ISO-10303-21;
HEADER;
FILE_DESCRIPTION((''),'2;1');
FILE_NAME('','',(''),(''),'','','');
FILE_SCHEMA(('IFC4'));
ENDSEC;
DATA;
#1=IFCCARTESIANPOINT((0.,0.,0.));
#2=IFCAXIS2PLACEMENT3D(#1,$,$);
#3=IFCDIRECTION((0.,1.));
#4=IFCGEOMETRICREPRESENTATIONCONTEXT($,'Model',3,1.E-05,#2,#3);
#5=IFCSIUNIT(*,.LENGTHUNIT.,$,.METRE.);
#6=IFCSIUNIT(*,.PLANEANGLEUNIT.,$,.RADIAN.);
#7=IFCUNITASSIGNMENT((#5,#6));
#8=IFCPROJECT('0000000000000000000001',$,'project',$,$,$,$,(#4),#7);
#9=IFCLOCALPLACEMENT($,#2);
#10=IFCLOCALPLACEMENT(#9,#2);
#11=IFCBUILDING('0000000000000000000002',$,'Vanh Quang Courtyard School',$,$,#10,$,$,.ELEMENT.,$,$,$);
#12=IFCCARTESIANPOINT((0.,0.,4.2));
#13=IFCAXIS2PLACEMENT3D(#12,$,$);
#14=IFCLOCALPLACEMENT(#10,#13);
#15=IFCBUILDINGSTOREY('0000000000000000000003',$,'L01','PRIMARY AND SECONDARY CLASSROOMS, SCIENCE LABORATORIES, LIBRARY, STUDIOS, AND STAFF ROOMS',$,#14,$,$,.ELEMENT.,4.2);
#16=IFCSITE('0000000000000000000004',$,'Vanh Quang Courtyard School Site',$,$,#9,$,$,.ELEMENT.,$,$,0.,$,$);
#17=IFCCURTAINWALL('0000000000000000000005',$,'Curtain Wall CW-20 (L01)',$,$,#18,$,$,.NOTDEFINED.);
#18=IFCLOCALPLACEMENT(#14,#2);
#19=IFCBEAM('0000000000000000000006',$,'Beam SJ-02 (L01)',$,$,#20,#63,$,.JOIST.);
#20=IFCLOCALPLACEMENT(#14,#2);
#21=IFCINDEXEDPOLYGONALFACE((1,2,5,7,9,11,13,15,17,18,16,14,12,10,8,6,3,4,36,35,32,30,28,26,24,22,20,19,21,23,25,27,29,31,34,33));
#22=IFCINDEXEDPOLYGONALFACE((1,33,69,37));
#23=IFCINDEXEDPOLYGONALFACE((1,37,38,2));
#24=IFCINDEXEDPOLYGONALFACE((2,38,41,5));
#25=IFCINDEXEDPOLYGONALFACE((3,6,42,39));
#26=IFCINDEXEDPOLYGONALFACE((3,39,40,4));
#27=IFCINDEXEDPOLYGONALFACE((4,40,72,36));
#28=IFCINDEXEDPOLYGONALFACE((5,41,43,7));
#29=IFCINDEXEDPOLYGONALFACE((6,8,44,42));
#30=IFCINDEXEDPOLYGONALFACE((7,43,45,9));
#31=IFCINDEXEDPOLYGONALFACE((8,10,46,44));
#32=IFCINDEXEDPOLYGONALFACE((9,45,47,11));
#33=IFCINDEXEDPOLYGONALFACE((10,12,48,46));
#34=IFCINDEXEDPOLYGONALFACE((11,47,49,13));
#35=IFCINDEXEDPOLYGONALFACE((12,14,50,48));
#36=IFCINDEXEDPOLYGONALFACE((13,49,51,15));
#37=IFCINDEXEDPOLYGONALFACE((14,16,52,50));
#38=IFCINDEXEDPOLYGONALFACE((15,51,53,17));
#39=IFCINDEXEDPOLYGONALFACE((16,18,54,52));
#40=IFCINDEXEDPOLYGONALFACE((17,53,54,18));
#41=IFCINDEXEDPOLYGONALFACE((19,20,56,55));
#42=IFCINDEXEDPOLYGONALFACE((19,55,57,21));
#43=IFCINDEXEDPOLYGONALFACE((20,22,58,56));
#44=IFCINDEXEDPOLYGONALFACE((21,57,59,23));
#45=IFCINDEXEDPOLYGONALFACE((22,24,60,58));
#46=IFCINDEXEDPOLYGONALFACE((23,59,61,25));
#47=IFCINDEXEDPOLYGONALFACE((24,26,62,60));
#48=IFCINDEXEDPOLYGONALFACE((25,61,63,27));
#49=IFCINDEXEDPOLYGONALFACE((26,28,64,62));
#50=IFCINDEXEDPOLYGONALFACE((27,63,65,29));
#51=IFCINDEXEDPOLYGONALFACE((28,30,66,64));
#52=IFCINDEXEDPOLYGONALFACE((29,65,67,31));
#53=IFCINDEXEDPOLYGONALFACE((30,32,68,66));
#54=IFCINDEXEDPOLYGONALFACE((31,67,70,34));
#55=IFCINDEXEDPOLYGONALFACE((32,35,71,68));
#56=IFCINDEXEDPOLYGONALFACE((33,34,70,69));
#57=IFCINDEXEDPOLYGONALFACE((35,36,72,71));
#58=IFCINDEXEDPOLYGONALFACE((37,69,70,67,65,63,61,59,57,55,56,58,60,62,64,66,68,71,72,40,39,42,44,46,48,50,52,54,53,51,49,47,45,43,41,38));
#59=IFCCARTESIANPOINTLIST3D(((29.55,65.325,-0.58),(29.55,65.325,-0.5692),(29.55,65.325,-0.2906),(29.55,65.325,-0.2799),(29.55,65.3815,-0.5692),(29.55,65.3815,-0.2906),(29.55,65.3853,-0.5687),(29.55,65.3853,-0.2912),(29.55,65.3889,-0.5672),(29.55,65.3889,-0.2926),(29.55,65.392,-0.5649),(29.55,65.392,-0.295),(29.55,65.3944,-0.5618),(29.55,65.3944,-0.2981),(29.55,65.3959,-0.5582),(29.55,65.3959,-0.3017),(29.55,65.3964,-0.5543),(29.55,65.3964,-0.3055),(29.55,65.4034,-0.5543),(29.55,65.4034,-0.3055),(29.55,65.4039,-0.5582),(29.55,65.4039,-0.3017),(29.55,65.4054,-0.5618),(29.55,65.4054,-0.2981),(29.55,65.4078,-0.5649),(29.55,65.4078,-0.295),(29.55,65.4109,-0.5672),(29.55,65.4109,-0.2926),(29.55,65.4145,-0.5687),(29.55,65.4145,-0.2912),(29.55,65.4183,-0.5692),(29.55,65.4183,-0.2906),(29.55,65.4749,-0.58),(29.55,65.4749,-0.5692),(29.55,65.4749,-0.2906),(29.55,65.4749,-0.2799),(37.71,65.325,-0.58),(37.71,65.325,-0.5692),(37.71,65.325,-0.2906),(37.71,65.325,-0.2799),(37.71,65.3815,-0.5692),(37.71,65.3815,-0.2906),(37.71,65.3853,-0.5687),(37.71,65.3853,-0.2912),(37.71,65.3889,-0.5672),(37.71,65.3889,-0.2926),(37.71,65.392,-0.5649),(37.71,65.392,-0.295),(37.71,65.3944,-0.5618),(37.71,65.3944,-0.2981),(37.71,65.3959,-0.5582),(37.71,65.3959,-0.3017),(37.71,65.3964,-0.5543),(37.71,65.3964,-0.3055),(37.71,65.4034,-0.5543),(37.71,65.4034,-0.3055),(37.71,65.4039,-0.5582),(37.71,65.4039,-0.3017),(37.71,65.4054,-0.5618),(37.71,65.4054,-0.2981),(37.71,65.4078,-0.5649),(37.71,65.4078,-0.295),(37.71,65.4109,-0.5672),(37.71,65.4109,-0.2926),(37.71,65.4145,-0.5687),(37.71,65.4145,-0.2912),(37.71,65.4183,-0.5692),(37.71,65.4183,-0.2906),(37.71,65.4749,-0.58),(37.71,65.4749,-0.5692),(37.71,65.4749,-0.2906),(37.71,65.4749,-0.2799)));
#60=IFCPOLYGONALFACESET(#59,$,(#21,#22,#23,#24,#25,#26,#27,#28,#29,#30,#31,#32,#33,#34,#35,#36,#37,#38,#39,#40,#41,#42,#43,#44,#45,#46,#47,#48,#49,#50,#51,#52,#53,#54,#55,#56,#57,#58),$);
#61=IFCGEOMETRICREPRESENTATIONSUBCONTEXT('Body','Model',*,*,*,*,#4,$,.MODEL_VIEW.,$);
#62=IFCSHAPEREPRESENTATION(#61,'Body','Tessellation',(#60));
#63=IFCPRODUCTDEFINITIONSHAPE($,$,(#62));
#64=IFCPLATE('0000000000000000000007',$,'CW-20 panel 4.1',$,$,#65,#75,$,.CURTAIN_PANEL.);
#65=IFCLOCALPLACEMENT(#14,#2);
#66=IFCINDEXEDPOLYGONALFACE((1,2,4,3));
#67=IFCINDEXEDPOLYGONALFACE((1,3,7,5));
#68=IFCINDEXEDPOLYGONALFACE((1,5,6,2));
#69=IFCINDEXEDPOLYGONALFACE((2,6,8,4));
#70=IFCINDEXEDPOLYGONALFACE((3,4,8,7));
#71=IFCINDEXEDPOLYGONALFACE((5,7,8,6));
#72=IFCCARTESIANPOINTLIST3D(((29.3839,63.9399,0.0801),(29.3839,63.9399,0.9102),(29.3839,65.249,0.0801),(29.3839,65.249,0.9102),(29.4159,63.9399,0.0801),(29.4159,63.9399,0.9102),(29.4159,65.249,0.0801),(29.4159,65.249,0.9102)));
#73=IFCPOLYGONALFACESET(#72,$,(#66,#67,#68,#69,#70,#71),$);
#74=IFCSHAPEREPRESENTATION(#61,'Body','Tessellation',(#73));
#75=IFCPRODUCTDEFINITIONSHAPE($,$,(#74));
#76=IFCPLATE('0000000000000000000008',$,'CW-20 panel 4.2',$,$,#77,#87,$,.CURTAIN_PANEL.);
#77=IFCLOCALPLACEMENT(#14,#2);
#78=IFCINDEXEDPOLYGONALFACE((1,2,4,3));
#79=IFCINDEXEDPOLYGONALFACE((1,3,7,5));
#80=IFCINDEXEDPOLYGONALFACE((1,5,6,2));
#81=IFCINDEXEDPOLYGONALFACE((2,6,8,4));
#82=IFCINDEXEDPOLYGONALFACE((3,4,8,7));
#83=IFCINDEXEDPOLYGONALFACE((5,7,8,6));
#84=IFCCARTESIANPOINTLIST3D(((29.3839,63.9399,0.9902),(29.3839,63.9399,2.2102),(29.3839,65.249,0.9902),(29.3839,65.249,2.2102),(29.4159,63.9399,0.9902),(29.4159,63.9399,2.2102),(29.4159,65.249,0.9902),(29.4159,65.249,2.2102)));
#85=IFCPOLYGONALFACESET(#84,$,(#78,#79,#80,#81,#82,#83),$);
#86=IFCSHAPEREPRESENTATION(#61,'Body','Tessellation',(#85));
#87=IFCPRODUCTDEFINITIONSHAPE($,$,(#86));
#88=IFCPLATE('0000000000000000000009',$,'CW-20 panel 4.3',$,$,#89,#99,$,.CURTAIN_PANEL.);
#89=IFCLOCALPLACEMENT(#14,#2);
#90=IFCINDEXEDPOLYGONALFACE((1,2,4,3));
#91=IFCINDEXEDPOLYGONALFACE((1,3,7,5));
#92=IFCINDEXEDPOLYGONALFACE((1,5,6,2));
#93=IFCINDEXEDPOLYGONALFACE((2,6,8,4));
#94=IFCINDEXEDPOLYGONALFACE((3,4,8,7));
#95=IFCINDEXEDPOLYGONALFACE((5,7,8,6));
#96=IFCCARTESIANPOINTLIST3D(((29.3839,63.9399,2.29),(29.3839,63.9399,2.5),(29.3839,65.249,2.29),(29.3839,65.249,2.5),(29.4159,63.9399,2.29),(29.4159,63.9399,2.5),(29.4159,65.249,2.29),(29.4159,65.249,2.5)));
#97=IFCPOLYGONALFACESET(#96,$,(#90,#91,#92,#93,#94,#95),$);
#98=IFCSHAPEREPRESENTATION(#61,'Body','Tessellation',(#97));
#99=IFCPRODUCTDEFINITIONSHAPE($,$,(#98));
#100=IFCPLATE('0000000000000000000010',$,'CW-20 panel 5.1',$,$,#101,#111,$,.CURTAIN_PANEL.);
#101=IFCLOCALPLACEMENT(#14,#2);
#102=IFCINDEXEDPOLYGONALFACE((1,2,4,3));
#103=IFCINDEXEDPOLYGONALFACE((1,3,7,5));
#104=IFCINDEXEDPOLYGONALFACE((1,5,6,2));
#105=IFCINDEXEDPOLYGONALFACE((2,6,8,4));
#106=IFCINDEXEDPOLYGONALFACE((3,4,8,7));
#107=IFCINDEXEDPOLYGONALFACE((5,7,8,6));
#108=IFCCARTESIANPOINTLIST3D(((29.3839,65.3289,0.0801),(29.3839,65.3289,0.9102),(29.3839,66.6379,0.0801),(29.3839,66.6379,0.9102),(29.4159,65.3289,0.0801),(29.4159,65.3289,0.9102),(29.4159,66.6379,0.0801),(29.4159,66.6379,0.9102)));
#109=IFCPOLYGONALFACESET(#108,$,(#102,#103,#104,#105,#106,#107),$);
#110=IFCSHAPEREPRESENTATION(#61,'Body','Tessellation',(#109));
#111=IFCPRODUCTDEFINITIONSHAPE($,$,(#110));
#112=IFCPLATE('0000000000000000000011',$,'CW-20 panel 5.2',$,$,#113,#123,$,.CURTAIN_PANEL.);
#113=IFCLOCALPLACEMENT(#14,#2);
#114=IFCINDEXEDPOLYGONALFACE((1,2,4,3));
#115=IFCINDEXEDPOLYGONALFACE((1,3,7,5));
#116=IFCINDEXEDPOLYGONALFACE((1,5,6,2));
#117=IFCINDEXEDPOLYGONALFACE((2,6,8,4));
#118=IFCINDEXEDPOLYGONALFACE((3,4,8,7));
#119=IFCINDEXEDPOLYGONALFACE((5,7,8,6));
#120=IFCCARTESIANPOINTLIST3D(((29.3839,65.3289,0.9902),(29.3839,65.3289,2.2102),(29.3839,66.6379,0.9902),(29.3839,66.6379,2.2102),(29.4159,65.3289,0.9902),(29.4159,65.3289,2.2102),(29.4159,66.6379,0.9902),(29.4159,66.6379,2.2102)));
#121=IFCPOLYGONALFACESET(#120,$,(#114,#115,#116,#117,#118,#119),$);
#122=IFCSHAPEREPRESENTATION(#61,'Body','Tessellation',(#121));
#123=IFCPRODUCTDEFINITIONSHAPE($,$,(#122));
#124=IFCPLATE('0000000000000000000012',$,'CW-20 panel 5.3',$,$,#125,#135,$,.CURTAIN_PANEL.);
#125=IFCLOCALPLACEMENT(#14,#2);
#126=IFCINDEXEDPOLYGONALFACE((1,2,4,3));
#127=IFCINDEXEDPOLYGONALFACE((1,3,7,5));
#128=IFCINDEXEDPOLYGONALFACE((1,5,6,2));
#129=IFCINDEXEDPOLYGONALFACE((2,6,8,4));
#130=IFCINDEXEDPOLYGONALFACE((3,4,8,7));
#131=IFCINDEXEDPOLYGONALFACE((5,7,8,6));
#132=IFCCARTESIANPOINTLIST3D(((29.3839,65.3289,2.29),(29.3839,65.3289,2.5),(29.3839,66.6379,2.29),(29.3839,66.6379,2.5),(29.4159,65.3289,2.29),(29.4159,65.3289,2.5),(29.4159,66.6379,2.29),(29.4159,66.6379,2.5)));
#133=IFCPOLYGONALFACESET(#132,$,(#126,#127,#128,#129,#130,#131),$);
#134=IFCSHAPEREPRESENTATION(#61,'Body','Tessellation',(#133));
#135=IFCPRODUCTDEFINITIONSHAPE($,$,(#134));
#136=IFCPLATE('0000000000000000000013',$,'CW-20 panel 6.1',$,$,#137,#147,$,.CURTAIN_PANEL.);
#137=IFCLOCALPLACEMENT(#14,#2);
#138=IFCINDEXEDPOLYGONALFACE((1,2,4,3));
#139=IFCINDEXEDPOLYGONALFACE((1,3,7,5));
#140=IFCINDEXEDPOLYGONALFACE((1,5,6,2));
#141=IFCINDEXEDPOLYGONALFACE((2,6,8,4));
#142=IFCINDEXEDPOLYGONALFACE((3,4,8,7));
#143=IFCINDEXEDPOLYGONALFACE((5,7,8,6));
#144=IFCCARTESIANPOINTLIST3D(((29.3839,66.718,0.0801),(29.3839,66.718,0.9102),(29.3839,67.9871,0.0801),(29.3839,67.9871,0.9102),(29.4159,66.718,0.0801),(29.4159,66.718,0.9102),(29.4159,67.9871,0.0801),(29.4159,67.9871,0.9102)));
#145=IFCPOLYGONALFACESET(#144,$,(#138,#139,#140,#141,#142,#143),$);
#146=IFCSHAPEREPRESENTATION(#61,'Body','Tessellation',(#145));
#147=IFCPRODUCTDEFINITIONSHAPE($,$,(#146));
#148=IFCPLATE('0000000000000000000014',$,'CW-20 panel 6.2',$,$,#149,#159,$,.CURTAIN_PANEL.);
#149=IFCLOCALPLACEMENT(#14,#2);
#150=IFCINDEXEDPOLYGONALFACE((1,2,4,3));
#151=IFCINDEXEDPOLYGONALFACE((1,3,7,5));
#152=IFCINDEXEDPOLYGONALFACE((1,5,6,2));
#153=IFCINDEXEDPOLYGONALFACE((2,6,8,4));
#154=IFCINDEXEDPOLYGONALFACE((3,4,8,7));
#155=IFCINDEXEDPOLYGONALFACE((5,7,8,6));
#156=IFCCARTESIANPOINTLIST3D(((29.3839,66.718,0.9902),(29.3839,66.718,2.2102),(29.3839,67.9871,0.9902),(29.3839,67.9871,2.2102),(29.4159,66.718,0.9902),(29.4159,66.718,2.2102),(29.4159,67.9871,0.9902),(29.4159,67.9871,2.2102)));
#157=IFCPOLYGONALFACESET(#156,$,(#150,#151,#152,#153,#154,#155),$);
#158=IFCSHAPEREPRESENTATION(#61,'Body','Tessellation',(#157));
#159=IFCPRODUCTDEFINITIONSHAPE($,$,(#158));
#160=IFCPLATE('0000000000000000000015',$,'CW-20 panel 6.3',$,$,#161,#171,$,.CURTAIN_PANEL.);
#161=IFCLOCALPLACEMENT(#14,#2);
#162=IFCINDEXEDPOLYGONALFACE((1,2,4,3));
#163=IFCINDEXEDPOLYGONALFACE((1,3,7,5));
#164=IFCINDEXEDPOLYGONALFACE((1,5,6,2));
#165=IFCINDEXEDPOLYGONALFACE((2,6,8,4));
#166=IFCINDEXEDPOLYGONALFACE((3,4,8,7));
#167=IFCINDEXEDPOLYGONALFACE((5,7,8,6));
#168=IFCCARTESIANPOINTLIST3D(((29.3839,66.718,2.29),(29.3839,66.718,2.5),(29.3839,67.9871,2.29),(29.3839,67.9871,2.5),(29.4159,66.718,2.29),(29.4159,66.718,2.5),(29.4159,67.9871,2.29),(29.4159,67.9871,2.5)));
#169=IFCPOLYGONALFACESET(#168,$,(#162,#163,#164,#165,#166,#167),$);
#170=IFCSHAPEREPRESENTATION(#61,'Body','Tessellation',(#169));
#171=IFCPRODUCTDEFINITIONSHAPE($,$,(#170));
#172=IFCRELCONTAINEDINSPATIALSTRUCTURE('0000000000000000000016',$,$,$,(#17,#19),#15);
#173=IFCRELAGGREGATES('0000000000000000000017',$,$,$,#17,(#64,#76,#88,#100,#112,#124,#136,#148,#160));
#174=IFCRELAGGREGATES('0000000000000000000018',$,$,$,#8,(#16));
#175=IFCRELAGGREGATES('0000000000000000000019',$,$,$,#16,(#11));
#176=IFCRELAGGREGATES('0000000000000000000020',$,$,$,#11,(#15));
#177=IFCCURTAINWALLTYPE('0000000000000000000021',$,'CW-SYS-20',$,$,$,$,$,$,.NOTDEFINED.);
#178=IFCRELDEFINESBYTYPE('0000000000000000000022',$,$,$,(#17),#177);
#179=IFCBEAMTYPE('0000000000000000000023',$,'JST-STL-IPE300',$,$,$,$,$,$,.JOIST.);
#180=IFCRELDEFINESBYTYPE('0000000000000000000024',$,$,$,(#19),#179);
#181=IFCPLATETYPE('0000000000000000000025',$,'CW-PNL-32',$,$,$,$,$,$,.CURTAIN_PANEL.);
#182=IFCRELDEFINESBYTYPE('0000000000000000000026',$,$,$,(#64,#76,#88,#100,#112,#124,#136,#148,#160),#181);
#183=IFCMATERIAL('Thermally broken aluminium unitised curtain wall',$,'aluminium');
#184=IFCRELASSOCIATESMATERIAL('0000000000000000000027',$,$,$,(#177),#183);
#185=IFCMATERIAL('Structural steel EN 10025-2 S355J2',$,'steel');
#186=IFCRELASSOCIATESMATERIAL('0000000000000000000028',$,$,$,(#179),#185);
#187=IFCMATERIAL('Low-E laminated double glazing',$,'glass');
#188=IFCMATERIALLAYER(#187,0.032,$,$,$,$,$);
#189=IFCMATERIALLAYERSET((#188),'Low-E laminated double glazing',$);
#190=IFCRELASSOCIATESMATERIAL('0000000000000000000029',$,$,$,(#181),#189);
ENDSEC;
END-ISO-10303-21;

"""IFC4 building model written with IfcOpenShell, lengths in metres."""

from ifc_helpers import new_model, si_unit, direction, frame, origin, origin_2d, place, context, subcontext, project, spatial, rectangle, i_section, extrude, material, layer, layer_set, material_profile, profile_set, type_object, element, aggregate, save


model = new_model("IFC4")

# Units and contexts
model_context = context("Model", 3, precision=1e-05, world=origin(), true_north=direction((0.0, 1.0)))
body_context = subcontext(model_context, "Body", "Model", "MODEL_VIEW")
ifc_project = project(units=[si_unit("LENGTHUNIT", "METRE"), si_unit("PLANEANGLEUNIT", "RADIAN")], contexts=[model_context])

# Site, building, storey
site_placement = place(None, origin())
site = spatial("IfcSite", under=ifc_project, at=site_placement, Name="Vanh Quang Courtyard School Site", CompositionType="ELEMENT", RefElevation=0.0)
building_placement = place(site_placement, origin())
building = spatial("IfcBuilding", under=site, at=building_placement, Name="Vanh Quang Courtyard School", CompositionType="ELEMENT")
storey_placement = place(building_placement, frame((0.0, 0.0, 4.2)))
storey = spatial("IfcBuildingStorey", under=building, at=storey_placement, Name="L01", Description="PRIMARY AND SECONDARY CLASSROOMS, SCIENCE LABORATORIES, LIBRARY, STUDIOS, AND STAFF ROOMS", CompositionType="ELEMENT", Elevation=4.2)

# Shared definitions
ifc_material_1 = material(Name="Structural steel EN 10025-2 S355J2", Category="steel")

# Curtain wall
ifc_material_2 = material(Name="Thermally broken aluminium unitised curtain wall", Category="aluminium")
curtain_wall_type = type_object("IfcCurtainWallType", Name="CW-SYS-20", PredefinedType="NOTDEFINED", material=ifc_material_2)
curtain_wall_placement = place(storey_placement, origin())
curtain_wall = element("IfcCurtainWall", 1, at=curtain_wall_placement, inside=storey, type_object=curtain_wall_type, Name="Curtain Wall CW-20 (L01)", PredefinedType="NOTDEFINED")

# Beam
ifc_material_profile_1 = material_profile(ifc_material_1, i_section(OverallWidth=0.1499, OverallDepth=0.3, WebThickness=0.0071, FlangeThickness=0.0107, FilletRadius=0.0149, at=origin_2d()), Name="IPE 300")
ifc_profile_set_1 = profile_set([ifc_material_profile_1], Name="Structural steel EN 10025-2 S355J2")
beam_type_1 = type_object("IfcBeamType", Name="JST-STL-IPE300", PredefinedType="JOIST", material=ifc_profile_set_1)
for number, where, z_axis, x_axis, name in (
    (2, (29.55, 65.3999, -0.4299), (1.0, 0.0, 0.0), (0.0, 1.0, 0.0), "Beam SJ-02 (L01)"),
):
    element("IfcBeam", number, at=place(storey_placement, frame(where, z_axis=z_axis, x_axis=x_axis)), inside=storey, type_object=beam_type_1, Name=name, PredefinedType="JOIST", context=body_context, shape_type="SweptSolid", body=[
        extrude(i_section(OverallWidth=0.1499, OverallDepth=0.3, WebThickness=0.0071, FlangeThickness=0.0107, FilletRadius=0.0149, at=origin_2d()), origin(), (0.0, 0.0, 1.0), 8.1599),
    ])

# Plates
ifc_material_3 = material(Name="Low-E laminated double glazing", Category="glass")
ifc_layer = layer(ifc_material_3, 0.032)
ifc_layer_set = layer_set([ifc_layer], Name="Low-E laminated double glazing")
plate_type = type_object("IfcPlateType", Name="CW-PNL-32", PredefinedType="CURTAIN_PANEL", material=ifc_layer_set)
plate_1_placement = place(storey_placement, frame((29.3999, 64.5945, 0.0801), z_axis=(0.0, 0.0, 1.0), x_axis=(0.0, 1.0, 0.0)))
plate_1 = element("IfcPlate", 3, at=plate_1_placement, type_object=plate_type, Name="CW-20 panel 4.1", PredefinedType="CURTAIN_PANEL", context=body_context, shape_type="SweptSolid", body=[
    extrude(rectangle(XDim=1.3091, YDim=0.032, at=origin_2d()), origin(), (0.0, 0.0, 1.0), 0.8301),
])
plate_2_placement = place(storey_placement, frame((29.3999, 64.5945, 0.9902), z_axis=(0.0, 0.0, 1.0), x_axis=(0.0, 1.0, 0.0)))
plate_2 = element("IfcPlate", 4, at=plate_2_placement, type_object=plate_type, Name="CW-20 panel 4.2", PredefinedType="CURTAIN_PANEL", context=body_context, shape_type="SweptSolid", body=[
    extrude(rectangle(XDim=1.3091, YDim=0.032, at=origin_2d()), origin(), (0.0, 0.0, 1.0), 1.22),
])
plate_3_placement = place(storey_placement, frame((29.3999, 64.5945, 2.29), z_axis=(0.0, 0.0, 1.0), x_axis=(0.0, 1.0, 0.0)))
plate_3 = element("IfcPlate", 5, at=plate_3_placement, type_object=plate_type, Name="CW-20 panel 4.3", PredefinedType="CURTAIN_PANEL", context=body_context, shape_type="SweptSolid", body=[
    extrude(rectangle(XDim=1.3091, YDim=0.032, at=origin_2d()), origin(), (0.0, 0.0, 1.0), 0.21),
])
plate_4_placement = place(storey_placement, frame((29.3999, 65.9834, 0.0801), z_axis=(0.0, 0.0, 1.0), x_axis=(0.0, 1.0, 0.0)))
plate_4 = element("IfcPlate", 6, at=plate_4_placement, type_object=plate_type, Name="CW-20 panel 5.1", PredefinedType="CURTAIN_PANEL", context=body_context, shape_type="SweptSolid", body=[
    extrude(rectangle(XDim=1.3091, YDim=0.032, at=origin_2d()), origin(), (0.0, 0.0, 1.0), 0.8301),
])
plate_5_placement = place(storey_placement, frame((29.3999, 65.9834, 0.9902), z_axis=(0.0, 0.0, 1.0), x_axis=(0.0, 1.0, 0.0)))
plate_5 = element("IfcPlate", 7, at=plate_5_placement, type_object=plate_type, Name="CW-20 panel 5.2", PredefinedType="CURTAIN_PANEL", context=body_context, shape_type="SweptSolid", body=[
    extrude(rectangle(XDim=1.3091, YDim=0.032, at=origin_2d()), origin(), (0.0, 0.0, 1.0), 1.22),
])
plate_6_placement = place(storey_placement, frame((29.3999, 65.9834, 2.29), z_axis=(0.0, 0.0, 1.0), x_axis=(0.0, 1.0, 0.0)))
plate_6 = element("IfcPlate", 8, at=plate_6_placement, type_object=plate_type, Name="CW-20 panel 5.3", PredefinedType="CURTAIN_PANEL", context=body_context, shape_type="SweptSolid", body=[
    extrude(rectangle(XDim=1.3091, YDim=0.032, at=origin_2d()), origin(), (0.0, 0.0, 1.0), 0.21),
])
plate_7_placement = place(storey_placement, frame((29.3999, 67.3525, 0.0801), z_axis=(0.0, 0.0, 1.0), x_axis=(0.0, 1.0, 0.0)))
plate_7 = element("IfcPlate", 9, at=plate_7_placement, type_object=plate_type, Name="CW-20 panel 6.1", PredefinedType="CURTAIN_PANEL", context=body_context, shape_type="SweptSolid", body=[
    extrude(rectangle(XDim=1.269, YDim=0.032, at=origin_2d()), origin(), (0.0, 0.0, 1.0), 0.8301),
])
plate_8_placement = place(storey_placement, frame((29.3999, 67.3525, 0.9902), z_axis=(0.0, 0.0, 1.0), x_axis=(0.0, 1.0, 0.0)))
plate_8 = element("IfcPlate", 10, at=plate_8_placement, type_object=plate_type, Name="CW-20 panel 6.2", PredefinedType="CURTAIN_PANEL", context=body_context, shape_type="SweptSolid", body=[
    extrude(rectangle(XDim=1.269, YDim=0.032, at=origin_2d()), origin(), (0.0, 0.0, 1.0), 1.22),
])
plate_9_placement = place(storey_placement, frame((29.3999, 67.3525, 2.29), z_axis=(0.0, 0.0, 1.0), x_axis=(0.0, 1.0, 0.0)))
plate_9 = element("IfcPlate", 11, at=plate_9_placement, type_object=plate_type, Name="CW-20 panel 6.3", PredefinedType="CURTAIN_PANEL", context=body_context, shape_type="SweptSolid", body=[
    extrude(rectangle(XDim=1.269, YDim=0.032, at=origin_2d()), origin(), (0.0, 0.0, 1.0), 0.21),
])
aggregate(curtain_wall, [plate_1, plate_2, plate_3, plate_4, plate_5, plate_6, plate_7, plate_8, plate_9])

save(model, "model.ifc")
